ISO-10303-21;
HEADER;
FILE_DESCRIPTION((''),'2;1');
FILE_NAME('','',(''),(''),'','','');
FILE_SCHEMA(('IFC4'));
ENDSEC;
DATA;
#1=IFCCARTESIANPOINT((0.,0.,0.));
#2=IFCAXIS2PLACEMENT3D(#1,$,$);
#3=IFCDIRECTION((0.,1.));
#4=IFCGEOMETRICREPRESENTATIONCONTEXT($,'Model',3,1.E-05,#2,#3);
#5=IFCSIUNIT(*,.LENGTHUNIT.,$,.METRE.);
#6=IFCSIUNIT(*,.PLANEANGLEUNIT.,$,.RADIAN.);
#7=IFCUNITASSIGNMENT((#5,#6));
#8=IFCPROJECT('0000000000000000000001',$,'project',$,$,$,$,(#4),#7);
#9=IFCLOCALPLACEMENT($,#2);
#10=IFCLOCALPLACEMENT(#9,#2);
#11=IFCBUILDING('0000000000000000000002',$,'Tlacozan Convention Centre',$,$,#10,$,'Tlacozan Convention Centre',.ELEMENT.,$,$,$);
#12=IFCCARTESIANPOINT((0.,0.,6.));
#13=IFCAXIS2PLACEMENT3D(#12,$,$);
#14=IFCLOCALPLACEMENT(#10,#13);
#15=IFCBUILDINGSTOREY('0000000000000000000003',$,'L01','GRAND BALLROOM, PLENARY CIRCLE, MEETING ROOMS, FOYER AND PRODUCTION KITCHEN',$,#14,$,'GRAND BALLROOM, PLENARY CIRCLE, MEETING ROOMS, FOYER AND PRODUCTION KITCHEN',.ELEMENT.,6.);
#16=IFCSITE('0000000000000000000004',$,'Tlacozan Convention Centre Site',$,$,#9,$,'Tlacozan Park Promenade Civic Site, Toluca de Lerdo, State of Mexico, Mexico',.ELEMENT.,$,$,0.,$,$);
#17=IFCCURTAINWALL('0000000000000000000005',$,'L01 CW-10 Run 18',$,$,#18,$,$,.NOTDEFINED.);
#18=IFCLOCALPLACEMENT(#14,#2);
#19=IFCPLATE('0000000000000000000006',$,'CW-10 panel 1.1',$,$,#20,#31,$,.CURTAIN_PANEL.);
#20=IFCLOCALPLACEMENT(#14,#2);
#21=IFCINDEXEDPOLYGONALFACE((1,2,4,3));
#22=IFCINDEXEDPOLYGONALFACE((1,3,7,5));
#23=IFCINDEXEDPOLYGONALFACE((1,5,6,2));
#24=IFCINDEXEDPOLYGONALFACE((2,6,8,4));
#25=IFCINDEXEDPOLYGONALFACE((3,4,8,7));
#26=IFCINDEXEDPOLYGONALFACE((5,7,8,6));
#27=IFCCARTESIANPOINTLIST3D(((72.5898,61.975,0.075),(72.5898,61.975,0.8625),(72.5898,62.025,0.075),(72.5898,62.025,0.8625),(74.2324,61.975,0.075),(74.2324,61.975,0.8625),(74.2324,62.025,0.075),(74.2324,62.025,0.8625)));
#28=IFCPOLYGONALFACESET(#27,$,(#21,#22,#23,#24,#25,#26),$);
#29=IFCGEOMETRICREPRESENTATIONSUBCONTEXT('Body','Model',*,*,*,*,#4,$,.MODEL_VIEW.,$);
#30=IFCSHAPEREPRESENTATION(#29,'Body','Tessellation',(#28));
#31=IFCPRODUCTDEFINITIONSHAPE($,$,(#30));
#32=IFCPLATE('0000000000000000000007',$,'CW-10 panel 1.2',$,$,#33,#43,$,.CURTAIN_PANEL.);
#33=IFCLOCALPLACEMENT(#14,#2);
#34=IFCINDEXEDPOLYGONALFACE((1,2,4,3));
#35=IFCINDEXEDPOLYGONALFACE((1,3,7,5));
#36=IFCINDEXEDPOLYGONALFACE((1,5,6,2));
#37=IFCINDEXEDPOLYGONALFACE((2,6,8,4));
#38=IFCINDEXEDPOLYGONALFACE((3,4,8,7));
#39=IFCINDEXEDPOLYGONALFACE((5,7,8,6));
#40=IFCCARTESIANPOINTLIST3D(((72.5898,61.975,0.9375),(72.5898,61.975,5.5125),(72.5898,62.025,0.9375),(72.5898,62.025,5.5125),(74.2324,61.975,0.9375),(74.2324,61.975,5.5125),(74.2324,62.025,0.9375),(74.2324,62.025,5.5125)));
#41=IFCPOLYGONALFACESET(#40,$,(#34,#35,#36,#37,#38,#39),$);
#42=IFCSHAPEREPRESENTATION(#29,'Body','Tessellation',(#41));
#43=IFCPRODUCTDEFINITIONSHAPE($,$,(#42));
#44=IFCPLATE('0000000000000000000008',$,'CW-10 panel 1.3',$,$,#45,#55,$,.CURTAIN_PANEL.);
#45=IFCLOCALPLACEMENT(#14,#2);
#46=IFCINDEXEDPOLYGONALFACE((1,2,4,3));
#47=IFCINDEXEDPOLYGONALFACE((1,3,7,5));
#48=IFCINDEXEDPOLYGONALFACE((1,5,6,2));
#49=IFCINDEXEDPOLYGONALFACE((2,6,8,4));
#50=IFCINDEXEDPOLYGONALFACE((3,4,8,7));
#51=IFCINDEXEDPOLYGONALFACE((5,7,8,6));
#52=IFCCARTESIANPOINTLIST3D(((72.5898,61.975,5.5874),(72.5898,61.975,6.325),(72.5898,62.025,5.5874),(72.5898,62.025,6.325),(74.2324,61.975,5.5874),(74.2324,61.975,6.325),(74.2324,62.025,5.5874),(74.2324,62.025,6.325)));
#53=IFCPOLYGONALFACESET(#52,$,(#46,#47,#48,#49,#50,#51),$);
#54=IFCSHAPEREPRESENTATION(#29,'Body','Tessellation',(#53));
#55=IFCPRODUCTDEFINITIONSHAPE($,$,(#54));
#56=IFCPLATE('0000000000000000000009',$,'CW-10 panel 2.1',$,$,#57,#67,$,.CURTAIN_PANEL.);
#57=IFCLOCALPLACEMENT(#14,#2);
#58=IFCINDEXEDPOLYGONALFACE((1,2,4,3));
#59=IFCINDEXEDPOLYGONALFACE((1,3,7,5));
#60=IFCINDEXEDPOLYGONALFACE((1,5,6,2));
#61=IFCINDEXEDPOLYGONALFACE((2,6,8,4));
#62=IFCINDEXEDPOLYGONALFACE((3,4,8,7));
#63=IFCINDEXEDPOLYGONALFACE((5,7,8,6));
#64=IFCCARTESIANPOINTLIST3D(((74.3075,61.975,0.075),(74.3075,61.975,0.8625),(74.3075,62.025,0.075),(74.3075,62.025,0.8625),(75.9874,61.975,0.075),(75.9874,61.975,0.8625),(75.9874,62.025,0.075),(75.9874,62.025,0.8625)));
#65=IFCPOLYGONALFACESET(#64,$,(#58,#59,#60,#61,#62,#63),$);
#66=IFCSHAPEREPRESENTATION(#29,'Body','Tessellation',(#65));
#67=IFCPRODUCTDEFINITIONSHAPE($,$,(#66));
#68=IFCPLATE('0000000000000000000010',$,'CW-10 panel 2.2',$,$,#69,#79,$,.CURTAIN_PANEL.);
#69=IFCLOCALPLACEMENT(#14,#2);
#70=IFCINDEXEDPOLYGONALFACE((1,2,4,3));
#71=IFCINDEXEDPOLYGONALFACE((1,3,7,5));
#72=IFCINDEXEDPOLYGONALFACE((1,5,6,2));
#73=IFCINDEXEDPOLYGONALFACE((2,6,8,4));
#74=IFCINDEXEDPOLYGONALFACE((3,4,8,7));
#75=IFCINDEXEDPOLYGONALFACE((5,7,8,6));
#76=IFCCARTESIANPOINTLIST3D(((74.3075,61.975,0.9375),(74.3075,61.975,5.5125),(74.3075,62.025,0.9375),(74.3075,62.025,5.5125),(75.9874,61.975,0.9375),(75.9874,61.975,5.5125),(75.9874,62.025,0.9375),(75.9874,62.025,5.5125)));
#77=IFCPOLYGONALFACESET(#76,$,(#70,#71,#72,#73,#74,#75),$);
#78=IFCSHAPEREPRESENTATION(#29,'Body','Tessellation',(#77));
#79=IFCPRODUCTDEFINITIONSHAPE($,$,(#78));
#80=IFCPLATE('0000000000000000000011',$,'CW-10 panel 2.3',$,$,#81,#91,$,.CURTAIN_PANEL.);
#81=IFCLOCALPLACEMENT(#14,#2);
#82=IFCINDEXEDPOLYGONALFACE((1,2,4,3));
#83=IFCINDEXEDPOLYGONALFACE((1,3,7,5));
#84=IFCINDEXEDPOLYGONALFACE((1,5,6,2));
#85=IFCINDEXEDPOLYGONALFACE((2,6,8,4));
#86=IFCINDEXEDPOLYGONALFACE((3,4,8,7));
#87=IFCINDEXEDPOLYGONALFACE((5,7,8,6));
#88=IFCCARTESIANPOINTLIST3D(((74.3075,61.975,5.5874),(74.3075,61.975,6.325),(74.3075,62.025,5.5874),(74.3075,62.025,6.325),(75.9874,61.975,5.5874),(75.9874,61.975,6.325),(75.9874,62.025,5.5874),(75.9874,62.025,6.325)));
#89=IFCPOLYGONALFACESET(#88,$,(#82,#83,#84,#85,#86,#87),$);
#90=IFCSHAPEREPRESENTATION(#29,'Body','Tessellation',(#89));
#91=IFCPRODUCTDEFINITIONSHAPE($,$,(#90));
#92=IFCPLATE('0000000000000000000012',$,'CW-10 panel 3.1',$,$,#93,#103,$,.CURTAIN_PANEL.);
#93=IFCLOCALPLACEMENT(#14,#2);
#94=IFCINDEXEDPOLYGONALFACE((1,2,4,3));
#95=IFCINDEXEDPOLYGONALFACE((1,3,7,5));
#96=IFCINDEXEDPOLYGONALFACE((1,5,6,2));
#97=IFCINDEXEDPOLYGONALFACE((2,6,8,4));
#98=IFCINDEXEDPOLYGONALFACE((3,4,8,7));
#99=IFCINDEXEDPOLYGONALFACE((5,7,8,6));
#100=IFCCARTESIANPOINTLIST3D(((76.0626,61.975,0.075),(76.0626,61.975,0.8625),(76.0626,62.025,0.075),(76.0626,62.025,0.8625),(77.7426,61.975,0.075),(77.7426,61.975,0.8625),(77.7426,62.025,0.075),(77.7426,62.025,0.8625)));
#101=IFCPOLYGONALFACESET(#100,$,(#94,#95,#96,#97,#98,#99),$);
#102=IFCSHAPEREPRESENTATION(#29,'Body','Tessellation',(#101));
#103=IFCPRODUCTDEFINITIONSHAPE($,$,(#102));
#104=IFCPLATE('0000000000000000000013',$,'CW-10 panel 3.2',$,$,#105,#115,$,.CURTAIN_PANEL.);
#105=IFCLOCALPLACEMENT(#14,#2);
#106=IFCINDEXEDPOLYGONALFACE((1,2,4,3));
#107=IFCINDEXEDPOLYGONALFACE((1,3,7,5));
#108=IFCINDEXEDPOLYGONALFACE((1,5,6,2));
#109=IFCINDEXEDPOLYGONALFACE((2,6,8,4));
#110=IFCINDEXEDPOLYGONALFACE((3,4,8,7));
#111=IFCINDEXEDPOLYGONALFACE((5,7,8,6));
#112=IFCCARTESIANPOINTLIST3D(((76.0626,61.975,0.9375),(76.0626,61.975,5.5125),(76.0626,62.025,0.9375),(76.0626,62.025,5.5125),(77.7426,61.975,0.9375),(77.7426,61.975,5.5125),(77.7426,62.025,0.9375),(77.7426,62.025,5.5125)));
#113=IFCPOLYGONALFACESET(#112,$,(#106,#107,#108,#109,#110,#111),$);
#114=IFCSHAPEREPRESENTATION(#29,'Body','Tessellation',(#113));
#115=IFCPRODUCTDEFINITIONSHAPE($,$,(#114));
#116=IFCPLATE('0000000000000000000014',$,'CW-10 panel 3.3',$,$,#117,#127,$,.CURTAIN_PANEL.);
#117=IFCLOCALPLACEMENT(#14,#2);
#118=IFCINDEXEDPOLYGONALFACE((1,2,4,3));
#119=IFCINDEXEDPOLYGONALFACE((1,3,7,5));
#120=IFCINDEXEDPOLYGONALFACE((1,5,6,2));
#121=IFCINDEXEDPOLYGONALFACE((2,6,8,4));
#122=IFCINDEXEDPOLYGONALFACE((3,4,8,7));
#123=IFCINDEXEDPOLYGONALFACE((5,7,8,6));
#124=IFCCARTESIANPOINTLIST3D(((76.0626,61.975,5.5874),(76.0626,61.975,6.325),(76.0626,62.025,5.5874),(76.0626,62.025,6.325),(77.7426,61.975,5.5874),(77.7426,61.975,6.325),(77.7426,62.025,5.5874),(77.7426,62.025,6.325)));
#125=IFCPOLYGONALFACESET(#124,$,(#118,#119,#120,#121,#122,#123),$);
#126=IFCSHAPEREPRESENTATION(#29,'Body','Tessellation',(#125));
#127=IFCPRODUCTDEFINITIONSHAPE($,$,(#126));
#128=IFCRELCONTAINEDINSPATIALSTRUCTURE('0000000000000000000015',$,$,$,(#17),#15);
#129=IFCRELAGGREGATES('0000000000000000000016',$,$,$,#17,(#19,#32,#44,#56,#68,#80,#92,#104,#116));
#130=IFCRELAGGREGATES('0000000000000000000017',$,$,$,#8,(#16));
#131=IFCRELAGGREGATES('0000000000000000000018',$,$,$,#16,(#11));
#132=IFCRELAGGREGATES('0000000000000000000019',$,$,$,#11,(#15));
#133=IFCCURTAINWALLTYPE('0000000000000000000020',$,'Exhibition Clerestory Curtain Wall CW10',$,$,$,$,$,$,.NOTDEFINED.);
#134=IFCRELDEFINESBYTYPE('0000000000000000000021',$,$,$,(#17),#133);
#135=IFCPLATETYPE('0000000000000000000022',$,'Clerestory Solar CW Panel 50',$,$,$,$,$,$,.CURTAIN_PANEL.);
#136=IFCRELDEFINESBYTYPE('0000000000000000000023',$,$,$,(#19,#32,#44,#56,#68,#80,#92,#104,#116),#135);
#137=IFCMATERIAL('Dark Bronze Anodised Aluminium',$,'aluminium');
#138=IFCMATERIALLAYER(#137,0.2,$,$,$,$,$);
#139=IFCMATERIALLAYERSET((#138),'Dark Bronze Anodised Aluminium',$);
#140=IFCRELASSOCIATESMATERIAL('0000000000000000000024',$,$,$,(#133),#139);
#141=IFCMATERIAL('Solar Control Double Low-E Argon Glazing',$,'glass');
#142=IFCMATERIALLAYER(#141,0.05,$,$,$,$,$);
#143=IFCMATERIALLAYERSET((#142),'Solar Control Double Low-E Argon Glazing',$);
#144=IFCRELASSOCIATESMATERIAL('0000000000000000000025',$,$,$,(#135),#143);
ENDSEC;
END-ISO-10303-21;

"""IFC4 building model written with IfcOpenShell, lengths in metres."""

from ifc_helpers import new_model, si_unit, direction, frame, origin, origin_2d, place, context, subcontext, project, spatial, rectangle, extrude, material, layer, layer_set, type_object, element, aggregate, save


model = new_model("IFC4")

# Units and contexts
model_context = context("Model", 3, precision=1e-05, world=origin(), true_north=direction((0.0, 1.0)))
body_context = subcontext(model_context, "Body", "Model", "MODEL_VIEW")
ifc_project = project(units=[si_unit("LENGTHUNIT", "METRE"), si_unit("PLANEANGLEUNIT", "RADIAN")], contexts=[model_context])

# Site, building, storey
site_placement = place(None, origin())
site = spatial("IfcSite", under=ifc_project, at=site_placement, Name="Tlacozan Convention Centre Site", LongName="Tlacozan Park Promenade Civic Site, Toluca de Lerdo, State of Mexico, Mexico", CompositionType="ELEMENT", RefElevation=0.0)
building_placement = place(site_placement, origin())
building = spatial("IfcBuilding", under=site, at=building_placement, Name="Tlacozan Convention Centre", LongName="Tlacozan Convention Centre", CompositionType="ELEMENT")
storey_placement = place(building_placement, frame((0.0, 0.0, 6.0)))
storey = spatial("IfcBuildingStorey", under=building, at=storey_placement, Name="L01", Description="GRAND BALLROOM, PLENARY CIRCLE, MEETING ROOMS, FOYER AND PRODUCTION KITCHEN", LongName="GRAND BALLROOM, PLENARY CIRCLE, MEETING ROOMS, FOYER AND PRODUCTION KITCHEN", CompositionType="ELEMENT", Elevation=6.0)

# Curtain wall, plates
ifc_material_1 = material(Name="Dark Bronze Anodised Aluminium", Category="aluminium")
ifc_layer_1 = layer(ifc_material_1, 0.2)
ifc_layer_set_1 = layer_set([ifc_layer_1], Name="Dark Bronze Anodised Aluminium")
curtain_wall_type = type_object("IfcCurtainWallType", Name="Exhibition Clerestory Curtain Wall CW10", PredefinedType="NOTDEFINED", material=ifc_layer_set_1)
curtain_wall_placement = place(storey_placement, origin())
curtain_wall = element("IfcCurtainWall", 1, at=curtain_wall_placement, inside=storey, type_object=curtain_wall_type, Name="L01 CW-10 Run 18", PredefinedType="NOTDEFINED")
ifc_material_2 = material(Name="Solar Control Double Low-E Argon Glazing", Category="glass")
ifc_layer_2 = layer(ifc_material_2, 0.05)
ifc_layer_set_2 = layer_set([ifc_layer_2], Name="Solar Control Double Low-E Argon Glazing")
plate_type = type_object("IfcPlateType", Name="Clerestory Solar CW Panel 50", PredefinedType="CURTAIN_PANEL", material=ifc_layer_set_2)
plate_1_placement = place(storey_placement, frame((73.4111, 62.0, 0.075), z_axis=(0.0, 0.0, 1.0), x_axis=(1.0, 0.0, 0.0)))
plate_1 = element("IfcPlate", 2, at=plate_1_placement, type_object=plate_type, Name="CW-10 panel 1.1", PredefinedType="CURTAIN_PANEL", context=body_context, shape_type="SweptSolid", body=[
    extrude(rectangle(XDim=1.6426, YDim=0.05, at=origin_2d()), origin(), (0.0, 0.0, 1.0), 0.7876),
])
plate_2_placement = place(storey_placement, frame((73.4111, 62.0, 0.9375), z_axis=(0.0, 0.0, 1.0), x_axis=(1.0, 0.0, 0.0)))
plate_2 = element("IfcPlate", 3, at=plate_2_placement, type_object=plate_type, Name="CW-10 panel 1.2", PredefinedType="CURTAIN_PANEL", context=body_context, shape_type="SweptSolid", body=[
    extrude(rectangle(XDim=1.6426, YDim=0.05, at=origin_2d()), origin(), (0.0, 0.0, 1.0), 4.575),
])
plate_3_placement = place(storey_placement, frame((73.4111, 62.0, 5.5874), z_axis=(0.0, 0.0, 1.0), x_axis=(1.0, 0.0, 0.0)))
plate_3 = element("IfcPlate", 4, at=plate_3_placement, type_object=plate_type, Name="CW-10 panel 1.3", PredefinedType="CURTAIN_PANEL", context=body_context, shape_type="SweptSolid", body=[
    extrude(rectangle(XDim=1.6426, YDim=0.05, at=origin_2d()), origin(), (0.0, 0.0, 1.0), 0.7375),
])
plate_4_placement = place(storey_placement, frame((75.1475, 62.0, 0.075), z_axis=(0.0, 0.0, 1.0), x_axis=(1.0, 0.0, 0.0)))
plate_4 = element("IfcPlate", 5, at=plate_4_placement, type_object=plate_type, Name="CW-10 panel 2.1", PredefinedType="CURTAIN_PANEL", context=body_context, shape_type="SweptSolid", body=[
    extrude(rectangle(XDim=1.6799, YDim=0.05, at=origin_2d()), origin(), (0.0, 0.0, 1.0), 0.7876),
])
plate_5_placement = place(storey_placement, frame((75.1475, 62.0, 0.9375), z_axis=(0.0, 0.0, 1.0), x_axis=(1.0, 0.0, 0.0)))
plate_5 = element("IfcPlate", 6, at=plate_5_placement, type_object=plate_type, Name="CW-10 panel 2.2", PredefinedType="CURTAIN_PANEL", context=body_context, shape_type="SweptSolid", body=[
    extrude(rectangle(XDim=1.6799, YDim=0.05, at=origin_2d()), origin(), (0.0, 0.0, 1.0), 4.575),
])
plate_6_placement = place(storey_placement, frame((75.1475, 62.0, 5.5874), z_axis=(0.0, 0.0, 1.0), x_axis=(1.0, 0.0, 0.0)))
plate_6 = element("IfcPlate", 7, at=plate_6_placement, type_object=plate_type, Name="CW-10 panel 2.3", PredefinedType="CURTAIN_PANEL", context=body_context, shape_type="SweptSolid", body=[
    extrude(rectangle(XDim=1.6799, YDim=0.05, at=origin_2d()), origin(), (0.0, 0.0, 1.0), 0.7375),
])
plate_7_placement = place(storey_placement, frame((76.9026, 62.0, 0.075), z_axis=(0.0, 0.0, 1.0), x_axis=(1.0, 0.0, 0.0)))
plate_7 = element("IfcPlate", 8, at=plate_7_placement, type_object=plate_type, Name="CW-10 panel 3.1", PredefinedType="CURTAIN_PANEL", context=body_context, shape_type="SweptSolid", body=[
    extrude(rectangle(XDim=1.6799, YDim=0.05, at=origin_2d()), origin(), (0.0, 0.0, 1.0), 0.7876),
])
plate_8_placement = place(storey_placement, frame((76.9026, 62.0, 0.9375), z_axis=(0.0, 0.0, 1.0), x_axis=(1.0, 0.0, 0.0)))
plate_8 = element("IfcPlate", 9, at=plate_8_placement, type_object=plate_type, Name="CW-10 panel 3.2", PredefinedType="CURTAIN_PANEL", context=body_context, shape_type="SweptSolid", body=[
    extrude(rectangle(XDim=1.6799, YDim=0.05, at=origin_2d()), origin(), (0.0, 0.0, 1.0), 4.575),
])
plate_9_placement = place(storey_placement, frame((76.9026, 62.0, 5.5874), z_axis=(0.0, 0.0, 1.0), x_axis=(1.0, 0.0, 0.0)))
plate_9 = element("IfcPlate", 10, at=plate_9_placement, type_object=plate_type, Name="CW-10 panel 3.3", PredefinedType="CURTAIN_PANEL", context=body_context, shape_type="SweptSolid", body=[
    extrude(rectangle(XDim=1.6799, YDim=0.05, at=origin_2d()), origin(), (0.0, 0.0, 1.0), 0.7375),
])
aggregate(curtain_wall, [plate_1, plate_2, plate_3, plate_4, plate_5, plate_6, plate_7, plate_8, plate_9])

save(model, "model.ifc")
